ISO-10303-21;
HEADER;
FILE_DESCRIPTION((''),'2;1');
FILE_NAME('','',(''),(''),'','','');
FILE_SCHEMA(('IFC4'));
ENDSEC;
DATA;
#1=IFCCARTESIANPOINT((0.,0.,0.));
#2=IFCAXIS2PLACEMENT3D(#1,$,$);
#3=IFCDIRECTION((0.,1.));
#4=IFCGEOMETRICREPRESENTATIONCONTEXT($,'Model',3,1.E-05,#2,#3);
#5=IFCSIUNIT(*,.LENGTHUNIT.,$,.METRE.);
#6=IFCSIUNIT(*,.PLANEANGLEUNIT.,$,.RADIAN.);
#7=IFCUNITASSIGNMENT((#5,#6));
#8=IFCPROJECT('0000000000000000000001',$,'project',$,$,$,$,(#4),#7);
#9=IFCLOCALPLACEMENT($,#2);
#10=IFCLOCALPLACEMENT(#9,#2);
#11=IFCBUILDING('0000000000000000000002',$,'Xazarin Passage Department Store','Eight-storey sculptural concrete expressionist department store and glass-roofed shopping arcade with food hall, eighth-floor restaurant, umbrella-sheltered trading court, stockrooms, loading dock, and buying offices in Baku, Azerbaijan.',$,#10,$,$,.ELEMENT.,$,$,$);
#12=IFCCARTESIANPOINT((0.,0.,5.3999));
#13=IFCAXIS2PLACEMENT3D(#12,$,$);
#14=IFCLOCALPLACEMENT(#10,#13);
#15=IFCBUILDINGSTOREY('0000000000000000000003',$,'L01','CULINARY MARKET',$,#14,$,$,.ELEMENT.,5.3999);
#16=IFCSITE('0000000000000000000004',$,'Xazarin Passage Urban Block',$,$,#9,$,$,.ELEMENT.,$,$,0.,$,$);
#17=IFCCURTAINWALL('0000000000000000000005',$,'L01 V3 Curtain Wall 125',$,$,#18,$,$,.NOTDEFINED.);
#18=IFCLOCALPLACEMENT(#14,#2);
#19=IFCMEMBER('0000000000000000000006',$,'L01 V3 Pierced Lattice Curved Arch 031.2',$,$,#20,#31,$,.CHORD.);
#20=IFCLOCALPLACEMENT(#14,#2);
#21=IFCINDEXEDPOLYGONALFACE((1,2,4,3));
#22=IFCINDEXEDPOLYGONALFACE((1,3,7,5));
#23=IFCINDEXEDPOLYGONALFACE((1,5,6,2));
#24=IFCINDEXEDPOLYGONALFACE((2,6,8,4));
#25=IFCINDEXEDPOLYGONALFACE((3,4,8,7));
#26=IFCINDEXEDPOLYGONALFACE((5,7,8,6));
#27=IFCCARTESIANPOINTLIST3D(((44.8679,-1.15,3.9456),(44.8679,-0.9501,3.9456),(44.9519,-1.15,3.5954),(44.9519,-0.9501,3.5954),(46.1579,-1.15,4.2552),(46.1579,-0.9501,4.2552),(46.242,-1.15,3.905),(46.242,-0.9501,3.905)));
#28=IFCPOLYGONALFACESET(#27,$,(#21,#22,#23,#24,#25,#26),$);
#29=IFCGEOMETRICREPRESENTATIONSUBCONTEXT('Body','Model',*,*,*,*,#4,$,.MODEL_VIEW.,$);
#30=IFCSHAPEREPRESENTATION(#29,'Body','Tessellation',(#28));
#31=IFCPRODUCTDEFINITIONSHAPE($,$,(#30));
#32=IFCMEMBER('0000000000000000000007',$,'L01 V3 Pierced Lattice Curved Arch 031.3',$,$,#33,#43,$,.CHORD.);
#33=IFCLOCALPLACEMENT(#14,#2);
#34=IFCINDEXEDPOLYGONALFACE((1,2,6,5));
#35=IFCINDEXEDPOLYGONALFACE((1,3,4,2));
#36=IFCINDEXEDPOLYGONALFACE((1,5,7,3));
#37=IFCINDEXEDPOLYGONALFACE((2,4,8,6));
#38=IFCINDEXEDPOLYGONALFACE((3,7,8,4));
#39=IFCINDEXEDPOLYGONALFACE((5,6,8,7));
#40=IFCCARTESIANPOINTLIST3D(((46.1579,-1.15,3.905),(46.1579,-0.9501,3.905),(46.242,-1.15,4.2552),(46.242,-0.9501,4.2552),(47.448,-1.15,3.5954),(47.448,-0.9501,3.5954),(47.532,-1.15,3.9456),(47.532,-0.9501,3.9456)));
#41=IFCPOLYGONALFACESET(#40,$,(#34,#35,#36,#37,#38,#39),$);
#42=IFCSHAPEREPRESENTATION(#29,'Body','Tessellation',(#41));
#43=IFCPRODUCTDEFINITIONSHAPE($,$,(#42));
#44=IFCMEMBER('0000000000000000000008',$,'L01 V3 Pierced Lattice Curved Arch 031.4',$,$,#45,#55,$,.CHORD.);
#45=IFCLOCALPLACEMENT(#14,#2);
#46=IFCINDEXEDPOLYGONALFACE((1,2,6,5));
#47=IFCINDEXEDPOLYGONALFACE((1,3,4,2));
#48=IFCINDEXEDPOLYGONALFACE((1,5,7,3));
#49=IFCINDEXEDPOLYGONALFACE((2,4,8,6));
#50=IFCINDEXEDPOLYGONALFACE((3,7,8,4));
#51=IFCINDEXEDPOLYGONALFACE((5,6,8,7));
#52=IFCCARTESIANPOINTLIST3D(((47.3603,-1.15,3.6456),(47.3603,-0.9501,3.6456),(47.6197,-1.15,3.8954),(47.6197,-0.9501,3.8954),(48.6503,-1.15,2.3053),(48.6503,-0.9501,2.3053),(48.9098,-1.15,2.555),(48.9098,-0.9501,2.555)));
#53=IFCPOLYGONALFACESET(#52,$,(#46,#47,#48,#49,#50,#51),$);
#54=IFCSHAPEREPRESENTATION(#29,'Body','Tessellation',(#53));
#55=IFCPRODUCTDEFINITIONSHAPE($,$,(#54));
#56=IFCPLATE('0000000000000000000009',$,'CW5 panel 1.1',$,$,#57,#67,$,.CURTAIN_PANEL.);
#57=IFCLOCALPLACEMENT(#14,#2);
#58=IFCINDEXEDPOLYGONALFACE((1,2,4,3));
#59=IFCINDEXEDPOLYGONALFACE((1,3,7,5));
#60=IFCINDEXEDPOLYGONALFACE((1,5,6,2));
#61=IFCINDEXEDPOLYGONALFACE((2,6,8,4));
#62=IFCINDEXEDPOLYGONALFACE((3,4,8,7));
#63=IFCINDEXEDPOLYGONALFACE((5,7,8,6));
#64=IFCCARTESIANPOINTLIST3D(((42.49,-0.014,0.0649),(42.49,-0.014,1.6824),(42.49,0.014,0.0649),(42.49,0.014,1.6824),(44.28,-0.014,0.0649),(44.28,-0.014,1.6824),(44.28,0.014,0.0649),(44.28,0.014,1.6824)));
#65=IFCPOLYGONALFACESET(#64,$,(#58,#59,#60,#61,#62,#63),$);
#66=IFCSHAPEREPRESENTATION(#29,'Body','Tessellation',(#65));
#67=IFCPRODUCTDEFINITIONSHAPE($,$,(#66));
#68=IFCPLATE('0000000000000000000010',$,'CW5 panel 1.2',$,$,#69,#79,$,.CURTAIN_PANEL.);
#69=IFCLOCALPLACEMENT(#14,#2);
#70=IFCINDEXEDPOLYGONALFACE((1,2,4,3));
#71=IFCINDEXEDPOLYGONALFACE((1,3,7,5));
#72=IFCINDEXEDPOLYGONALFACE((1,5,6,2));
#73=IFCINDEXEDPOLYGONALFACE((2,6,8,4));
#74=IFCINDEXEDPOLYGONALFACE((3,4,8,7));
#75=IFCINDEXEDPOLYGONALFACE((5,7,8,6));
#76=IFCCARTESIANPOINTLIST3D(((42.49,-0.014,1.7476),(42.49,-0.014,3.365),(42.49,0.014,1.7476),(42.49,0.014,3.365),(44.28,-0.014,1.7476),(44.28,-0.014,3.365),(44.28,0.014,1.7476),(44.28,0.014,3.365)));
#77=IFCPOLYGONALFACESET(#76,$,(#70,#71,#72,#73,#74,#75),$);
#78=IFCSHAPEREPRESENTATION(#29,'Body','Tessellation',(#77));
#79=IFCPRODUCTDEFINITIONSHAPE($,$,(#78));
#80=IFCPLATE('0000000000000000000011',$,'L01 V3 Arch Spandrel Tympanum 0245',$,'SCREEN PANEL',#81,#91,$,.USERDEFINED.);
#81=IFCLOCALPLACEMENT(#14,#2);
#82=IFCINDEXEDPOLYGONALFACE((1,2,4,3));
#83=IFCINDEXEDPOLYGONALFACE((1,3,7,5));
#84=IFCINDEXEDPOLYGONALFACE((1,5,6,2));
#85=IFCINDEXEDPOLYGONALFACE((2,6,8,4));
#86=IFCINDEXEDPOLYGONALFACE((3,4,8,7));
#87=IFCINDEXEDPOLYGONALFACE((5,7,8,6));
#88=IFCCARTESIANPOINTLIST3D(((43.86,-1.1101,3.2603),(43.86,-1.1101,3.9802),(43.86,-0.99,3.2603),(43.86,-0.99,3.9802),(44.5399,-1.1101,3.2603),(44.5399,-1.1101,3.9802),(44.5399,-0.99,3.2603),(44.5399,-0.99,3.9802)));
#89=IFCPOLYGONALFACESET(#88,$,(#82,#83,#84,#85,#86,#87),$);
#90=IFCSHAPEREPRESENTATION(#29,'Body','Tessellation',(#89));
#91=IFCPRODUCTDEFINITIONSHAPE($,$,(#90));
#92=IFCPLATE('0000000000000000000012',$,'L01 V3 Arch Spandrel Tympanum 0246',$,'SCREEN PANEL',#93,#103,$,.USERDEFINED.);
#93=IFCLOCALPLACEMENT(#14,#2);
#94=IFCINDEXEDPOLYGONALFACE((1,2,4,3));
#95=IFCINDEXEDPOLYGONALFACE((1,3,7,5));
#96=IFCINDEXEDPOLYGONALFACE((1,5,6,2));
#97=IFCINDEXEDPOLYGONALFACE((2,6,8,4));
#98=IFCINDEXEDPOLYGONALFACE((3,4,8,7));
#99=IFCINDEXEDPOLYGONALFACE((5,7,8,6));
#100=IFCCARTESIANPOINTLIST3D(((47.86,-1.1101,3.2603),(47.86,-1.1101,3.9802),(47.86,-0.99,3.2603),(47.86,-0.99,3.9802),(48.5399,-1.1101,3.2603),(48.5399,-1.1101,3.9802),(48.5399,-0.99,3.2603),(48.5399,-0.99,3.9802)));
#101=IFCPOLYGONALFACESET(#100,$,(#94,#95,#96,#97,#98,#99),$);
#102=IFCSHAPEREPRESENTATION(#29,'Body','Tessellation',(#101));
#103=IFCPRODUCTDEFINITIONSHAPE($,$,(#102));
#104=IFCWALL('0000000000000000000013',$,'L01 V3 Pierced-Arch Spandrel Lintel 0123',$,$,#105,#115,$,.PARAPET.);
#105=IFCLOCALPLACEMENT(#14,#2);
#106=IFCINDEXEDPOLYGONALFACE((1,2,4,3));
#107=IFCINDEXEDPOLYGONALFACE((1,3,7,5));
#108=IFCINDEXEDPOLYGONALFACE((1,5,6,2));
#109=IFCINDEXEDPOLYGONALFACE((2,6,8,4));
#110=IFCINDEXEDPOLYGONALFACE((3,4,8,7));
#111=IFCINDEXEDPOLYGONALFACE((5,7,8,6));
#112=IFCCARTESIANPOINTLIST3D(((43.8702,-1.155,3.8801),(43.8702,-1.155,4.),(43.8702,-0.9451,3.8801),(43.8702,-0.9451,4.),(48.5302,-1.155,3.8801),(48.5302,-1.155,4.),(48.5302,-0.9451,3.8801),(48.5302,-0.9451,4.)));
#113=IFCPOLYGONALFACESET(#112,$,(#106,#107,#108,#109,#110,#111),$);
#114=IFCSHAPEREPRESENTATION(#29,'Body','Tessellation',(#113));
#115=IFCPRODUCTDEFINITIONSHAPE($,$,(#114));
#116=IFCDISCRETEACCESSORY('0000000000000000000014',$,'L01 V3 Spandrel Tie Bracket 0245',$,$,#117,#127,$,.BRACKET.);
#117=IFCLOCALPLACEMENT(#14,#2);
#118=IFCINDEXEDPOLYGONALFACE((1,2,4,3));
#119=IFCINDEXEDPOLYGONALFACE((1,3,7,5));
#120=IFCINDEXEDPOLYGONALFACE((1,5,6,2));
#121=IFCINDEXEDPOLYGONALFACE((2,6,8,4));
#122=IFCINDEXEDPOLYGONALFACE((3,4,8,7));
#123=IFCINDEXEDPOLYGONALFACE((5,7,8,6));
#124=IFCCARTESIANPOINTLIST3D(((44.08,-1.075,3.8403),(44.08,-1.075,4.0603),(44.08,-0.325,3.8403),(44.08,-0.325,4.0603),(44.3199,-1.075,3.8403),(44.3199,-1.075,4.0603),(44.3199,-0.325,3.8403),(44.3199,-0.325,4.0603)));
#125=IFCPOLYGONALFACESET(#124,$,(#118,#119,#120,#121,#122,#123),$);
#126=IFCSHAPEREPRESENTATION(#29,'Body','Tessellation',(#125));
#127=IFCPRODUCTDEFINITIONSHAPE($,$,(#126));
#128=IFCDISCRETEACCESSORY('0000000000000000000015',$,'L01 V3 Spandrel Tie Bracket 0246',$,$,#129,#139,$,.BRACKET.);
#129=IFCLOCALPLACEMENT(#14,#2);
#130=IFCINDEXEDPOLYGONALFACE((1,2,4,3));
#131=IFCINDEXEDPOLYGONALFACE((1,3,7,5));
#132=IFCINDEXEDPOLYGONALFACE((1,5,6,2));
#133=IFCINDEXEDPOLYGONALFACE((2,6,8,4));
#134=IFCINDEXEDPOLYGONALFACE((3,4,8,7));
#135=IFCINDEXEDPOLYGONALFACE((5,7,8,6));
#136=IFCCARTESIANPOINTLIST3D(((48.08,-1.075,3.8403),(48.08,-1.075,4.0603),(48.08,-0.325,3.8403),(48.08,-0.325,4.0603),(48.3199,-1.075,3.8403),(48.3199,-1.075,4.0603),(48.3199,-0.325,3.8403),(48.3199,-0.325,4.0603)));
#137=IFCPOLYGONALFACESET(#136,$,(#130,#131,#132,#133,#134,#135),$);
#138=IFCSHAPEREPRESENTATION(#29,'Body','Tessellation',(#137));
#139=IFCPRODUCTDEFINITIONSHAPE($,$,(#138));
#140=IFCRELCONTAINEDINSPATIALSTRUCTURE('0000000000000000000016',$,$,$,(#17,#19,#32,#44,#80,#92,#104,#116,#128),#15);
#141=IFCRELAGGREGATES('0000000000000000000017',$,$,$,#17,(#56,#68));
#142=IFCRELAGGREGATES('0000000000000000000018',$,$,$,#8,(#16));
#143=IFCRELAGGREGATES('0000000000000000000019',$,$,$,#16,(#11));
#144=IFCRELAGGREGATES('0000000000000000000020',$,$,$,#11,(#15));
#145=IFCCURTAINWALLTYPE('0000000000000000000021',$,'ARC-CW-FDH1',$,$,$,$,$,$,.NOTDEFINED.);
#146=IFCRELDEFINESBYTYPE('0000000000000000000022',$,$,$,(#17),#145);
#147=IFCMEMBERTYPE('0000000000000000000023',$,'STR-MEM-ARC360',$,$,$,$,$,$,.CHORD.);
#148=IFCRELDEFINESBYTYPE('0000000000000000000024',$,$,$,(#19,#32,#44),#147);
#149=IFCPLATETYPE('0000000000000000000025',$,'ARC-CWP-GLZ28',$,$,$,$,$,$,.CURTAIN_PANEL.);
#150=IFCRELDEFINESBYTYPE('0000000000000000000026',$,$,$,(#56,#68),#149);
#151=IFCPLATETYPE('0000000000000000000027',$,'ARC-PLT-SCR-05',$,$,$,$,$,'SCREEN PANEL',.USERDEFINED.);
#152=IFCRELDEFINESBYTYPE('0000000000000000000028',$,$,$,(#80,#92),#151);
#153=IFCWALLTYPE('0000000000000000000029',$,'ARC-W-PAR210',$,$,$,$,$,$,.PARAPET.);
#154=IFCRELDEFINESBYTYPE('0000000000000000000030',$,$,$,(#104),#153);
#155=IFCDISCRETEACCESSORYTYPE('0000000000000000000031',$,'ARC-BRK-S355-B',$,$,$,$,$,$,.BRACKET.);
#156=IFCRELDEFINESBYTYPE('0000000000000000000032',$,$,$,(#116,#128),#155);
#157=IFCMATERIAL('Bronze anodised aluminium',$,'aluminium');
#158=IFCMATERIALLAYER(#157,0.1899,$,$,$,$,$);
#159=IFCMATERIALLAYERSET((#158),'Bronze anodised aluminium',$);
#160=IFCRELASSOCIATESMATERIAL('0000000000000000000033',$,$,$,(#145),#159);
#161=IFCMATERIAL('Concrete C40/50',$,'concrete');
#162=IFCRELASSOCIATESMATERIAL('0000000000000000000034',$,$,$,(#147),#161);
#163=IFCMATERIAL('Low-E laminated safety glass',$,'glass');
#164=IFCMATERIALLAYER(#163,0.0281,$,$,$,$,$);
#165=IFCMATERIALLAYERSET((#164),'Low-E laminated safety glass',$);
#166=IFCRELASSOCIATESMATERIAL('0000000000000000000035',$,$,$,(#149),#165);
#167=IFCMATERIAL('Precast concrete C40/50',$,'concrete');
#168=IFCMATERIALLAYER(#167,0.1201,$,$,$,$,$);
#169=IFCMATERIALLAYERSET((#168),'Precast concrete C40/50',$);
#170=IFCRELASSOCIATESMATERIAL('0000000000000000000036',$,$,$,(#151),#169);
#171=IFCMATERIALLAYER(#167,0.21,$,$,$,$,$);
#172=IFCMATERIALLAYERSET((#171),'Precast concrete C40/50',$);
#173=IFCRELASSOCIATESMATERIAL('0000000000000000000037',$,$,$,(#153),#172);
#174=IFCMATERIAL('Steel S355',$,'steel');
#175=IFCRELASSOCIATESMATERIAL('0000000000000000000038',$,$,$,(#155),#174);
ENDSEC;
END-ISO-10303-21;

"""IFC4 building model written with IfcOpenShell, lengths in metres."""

from ifc_helpers import new_model, si_unit, direction, frame, frame_2d, origin, origin_2d, place, context, subcontext, project, spatial, rectangle, extrude, material, layer, layer_set, material_profile, profile_set, type_object, element, aggregate, save


model = new_model("IFC4")

# Units and contexts
model_context = context("Model", 3, precision=1e-05, world=origin(), true_north=direction((0.0, 1.0)))
body_context = subcontext(model_context, "Body", "Model", "MODEL_VIEW")
ifc_project = project(units=[si_unit("LENGTHUNIT", "METRE"), si_unit("PLANEANGLEUNIT", "RADIAN")], contexts=[model_context])

# Site, building, storey
site_placement = place(None, origin())
site = spatial("IfcSite", under=ifc_project, at=site_placement, Name="Xazarin Passage Urban Block", CompositionType="ELEMENT", RefElevation=0.0)
building_placement = place(site_placement, origin())
building = spatial("IfcBuilding", under=site, at=building_placement, Name="Xazarin Passage Department Store", Description="Eight-storey sculptural concrete expressionist department store and glass-roofed shopping arcade with food hall, eighth-floor restaurant, umbrella-sheltered trading court, stockrooms, loading dock, and buying offices in Baku, Azerbaijan.", CompositionType="ELEMENT")
storey_placement = place(building_placement, frame((0.0, 0.0, 5.3999)))
storey = spatial("IfcBuildingStorey", under=building, at=storey_placement, Name="L01", Description="CULINARY MARKET", CompositionType="ELEMENT", Elevation=5.3999)

# Shared definitions
ifc_material_1 = material(Name="Concrete C40/50", Category="concrete")

# Curtain wall
ifc_material_2 = material(Name="Bronze anodised aluminium", Category="aluminium")
ifc_layer_1 = layer(ifc_material_2, 0.1899)
ifc_layer_set_1 = layer_set([ifc_layer_1], Name="Bronze anodised aluminium")
curtain_wall_type = type_object("IfcCurtainWallType", Name="ARC-CW-FDH1", PredefinedType="NOTDEFINED", material=ifc_layer_set_1)
curtain_wall_placement = place(storey_placement, origin())
curtain_wall = element("IfcCurtainWall", 1, at=curtain_wall_placement, inside=storey, type_object=curtain_wall_type, Name="L01 V3 Curtain Wall 125", PredefinedType="NOTDEFINED")

# Members
ifc_material_profile_1 = material_profile(ifc_material_1, rectangle(XDim=0.2, YDim=0.3601, at=origin_2d()), Name="RC 200x360")
ifc_profile_set_1 = profile_set([ifc_material_profile_1], Name="Concrete C40/50")
member_type_1 = type_object("IfcMemberType", Name="STR-MEM-ARC360", PredefinedType="CHORD", material=ifc_profile_set_1)
for number, where, z_axis, x_axis, name in (
    (2, (44.9099, -1.05, 3.7705), (0.972394, 0.0, 0.233345), (0.0, 1.0, 0.0), "L01 V3 Pierced Lattice Curved Arch 031.2"),
    (3, (46.2, -1.05, 4.0801), (0.972394, 0.0, -0.233345), (0.0, 1.0, 0.0), "L01 V3 Pierced Lattice Curved Arch 031.3"),
):
    element("IfcMember", number, at=place(storey_placement, frame(where, z_axis=z_axis, x_axis=x_axis)), inside=storey, type_object=member_type_1, Name=name, PredefinedType="CHORD", context=body_context, shape_type="SweptSolid", body=[
        extrude(rectangle(XDim=0.2, YDim=0.3601, at=origin_2d()), origin(), (0.0, 0.0, 1.0), 1.3267),
    ])
member_1_placement = place(storey_placement, frame((47.49, -1.05, 3.7705), z_axis=(0.69346, 0.0, -0.720495), x_axis=(0.0, 1.0, 0.0)))
element("IfcMember", 4, at=member_1_placement, inside=storey, type_object=member_type_1, Name="L01 V3 Pierced Lattice Curved Arch 031.4", PredefinedType="CHORD", context=body_context, shape_type="SweptSolid", body=[
    extrude(rectangle(XDim=0.2, YDim=0.3601, at=origin_2d()), origin(), (0.0, 0.0, 1.0), 1.8604),
])

# Plates
ifc_material_3 = material(Name="Low-E laminated safety glass", Category="glass")
ifc_layer_2 = layer(ifc_material_3, 0.0281)
ifc_layer_set_2 = layer_set([ifc_layer_2], Name="Low-E laminated safety glass")
plate_type_1 = type_object("IfcPlateType", Name="ARC-CWP-GLZ28", PredefinedType="CURTAIN_PANEL", material=ifc_layer_set_2)
plate_1_placement = place(storey_placement, frame((43.385, 0.0, 0.0649), z_axis=(0.0, 0.0, 1.0), x_axis=(1.0, 0.0, 0.0)))
plate_1 = element("IfcPlate", 5, at=plate_1_placement, type_object=plate_type_1, Name="CW5 panel 1.1", PredefinedType="CURTAIN_PANEL", context=body_context, shape_type="SweptSolid", body=[
    extrude(rectangle(XDim=1.79, YDim=0.0281, at=origin_2d()), origin(), (0.0, 0.0, 1.0), 1.6174),
])
plate_2_placement = place(storey_placement, frame((43.385, 0.0, 1.7476), z_axis=(0.0, 0.0, 1.0), x_axis=(1.0, 0.0, 0.0)))
plate_2 = element("IfcPlate", 6, at=plate_2_placement, type_object=plate_type_1, Name="CW5 panel 1.2", PredefinedType="CURTAIN_PANEL", context=body_context, shape_type="SweptSolid", body=[
    extrude(rectangle(XDim=1.79, YDim=0.0281, at=origin_2d()), origin(), (0.0, 0.0, 1.0), 1.6174),
])
aggregate(curtain_wall, [plate_1, plate_2])

# Plates
ifc_material_4 = material(Name="Precast concrete C40/50", Category="concrete")
ifc_layer_3 = layer(ifc_material_4, 0.1201)
ifc_layer_set_3 = layer_set([ifc_layer_3], Name="Precast concrete C40/50")
plate_type_2 = type_object("IfcPlateType", Name="ARC-PLT-SCR-05", ElementType="SCREEN PANEL", PredefinedType="USERDEFINED", material=ifc_layer_set_3)
for number, where, z_axis, x_axis, name in (
    (7, (44.2, -1.05, 3.2603), (0.0, 0.0, 1.0), (1.0, 0.0, 0.0), "L01 V3 Arch Spandrel Tympanum 0245"),
    (8, (48.2, -1.05, 3.2603), (0.0, 0.0, 1.0), (1.0, 0.0, 0.0), "L01 V3 Arch Spandrel Tympanum 0246"),
):
    element("IfcPlate", number, at=place(storey_placement, frame(where, z_axis=z_axis, x_axis=x_axis)), inside=storey, type_object=plate_type_2, Name=name, ObjectType="SCREEN PANEL", PredefinedType="USERDEFINED", context=body_context, shape_type="SweptSolid", body=[
        extrude(rectangle(XDim=0.6799, YDim=0.1201, at=origin_2d()), origin(), (0.0, 0.0, 1.0), 0.72),
    ])

# Wall
ifc_layer_4 = layer(ifc_material_4, 0.21)
ifc_layer_set_4 = layer_set([ifc_layer_4], Name="Precast concrete C40/50")
wall_type = type_object("IfcWallType", Name="ARC-W-PAR210", PredefinedType="PARAPET", material=ifc_layer_set_4)
wall_placement = place(storey_placement, frame((43.8701, -1.05, 3.8801), z_axis=(0.0, 0.0, 1.0), x_axis=(1.0, 0.0, 0.0)))
element("IfcWall", 9, at=wall_placement, inside=storey, type_object=wall_type, Name="L01 V3 Pierced-Arch Spandrel Lintel 0123", PredefinedType="PARAPET", context=body_context, shape_type="SweptSolid", body=[
    extrude(rectangle(XDim=4.6599, YDim=0.21, at=frame_2d((2.3301, 0.0))), origin(), (0.0, 0.0, 1.0), 0.1199),
])

# Discrete accessories
ifc_material_5 = material(Name="Steel S355", Category="steel")
discrete_accessory_type = type_object("IfcDiscreteAccessoryType", Name="ARC-BRK-S355-B", PredefinedType="BRACKET", material=ifc_material_5)
for number, where, z_axis, x_axis, name in (
    (10, (44.2, -0.7, 3.8403), (0.0, 0.0, 1.0), (1.0, 0.0, 0.0), "L01 V3 Spandrel Tie Bracket 0245"),
    (11, (48.2, -0.7, 3.8403), (0.0, 0.0, 1.0), (1.0, 0.0, 0.0), "L01 V3 Spandrel Tie Bracket 0246"),
):
    element("IfcDiscreteAccessory", number, at=place(storey_placement, frame(where, z_axis=z_axis, x_axis=x_axis)), inside=storey, type_object=discrete_accessory_type, Name=name, PredefinedType="BRACKET", context=body_context, shape_type="SweptSolid", body=[
        extrude(rectangle(XDim=0.24, YDim=0.75, at=origin_2d()), origin(), (0.0, 0.0, 1.0), 0.22),
    ])

save(model, "model.ifc")
